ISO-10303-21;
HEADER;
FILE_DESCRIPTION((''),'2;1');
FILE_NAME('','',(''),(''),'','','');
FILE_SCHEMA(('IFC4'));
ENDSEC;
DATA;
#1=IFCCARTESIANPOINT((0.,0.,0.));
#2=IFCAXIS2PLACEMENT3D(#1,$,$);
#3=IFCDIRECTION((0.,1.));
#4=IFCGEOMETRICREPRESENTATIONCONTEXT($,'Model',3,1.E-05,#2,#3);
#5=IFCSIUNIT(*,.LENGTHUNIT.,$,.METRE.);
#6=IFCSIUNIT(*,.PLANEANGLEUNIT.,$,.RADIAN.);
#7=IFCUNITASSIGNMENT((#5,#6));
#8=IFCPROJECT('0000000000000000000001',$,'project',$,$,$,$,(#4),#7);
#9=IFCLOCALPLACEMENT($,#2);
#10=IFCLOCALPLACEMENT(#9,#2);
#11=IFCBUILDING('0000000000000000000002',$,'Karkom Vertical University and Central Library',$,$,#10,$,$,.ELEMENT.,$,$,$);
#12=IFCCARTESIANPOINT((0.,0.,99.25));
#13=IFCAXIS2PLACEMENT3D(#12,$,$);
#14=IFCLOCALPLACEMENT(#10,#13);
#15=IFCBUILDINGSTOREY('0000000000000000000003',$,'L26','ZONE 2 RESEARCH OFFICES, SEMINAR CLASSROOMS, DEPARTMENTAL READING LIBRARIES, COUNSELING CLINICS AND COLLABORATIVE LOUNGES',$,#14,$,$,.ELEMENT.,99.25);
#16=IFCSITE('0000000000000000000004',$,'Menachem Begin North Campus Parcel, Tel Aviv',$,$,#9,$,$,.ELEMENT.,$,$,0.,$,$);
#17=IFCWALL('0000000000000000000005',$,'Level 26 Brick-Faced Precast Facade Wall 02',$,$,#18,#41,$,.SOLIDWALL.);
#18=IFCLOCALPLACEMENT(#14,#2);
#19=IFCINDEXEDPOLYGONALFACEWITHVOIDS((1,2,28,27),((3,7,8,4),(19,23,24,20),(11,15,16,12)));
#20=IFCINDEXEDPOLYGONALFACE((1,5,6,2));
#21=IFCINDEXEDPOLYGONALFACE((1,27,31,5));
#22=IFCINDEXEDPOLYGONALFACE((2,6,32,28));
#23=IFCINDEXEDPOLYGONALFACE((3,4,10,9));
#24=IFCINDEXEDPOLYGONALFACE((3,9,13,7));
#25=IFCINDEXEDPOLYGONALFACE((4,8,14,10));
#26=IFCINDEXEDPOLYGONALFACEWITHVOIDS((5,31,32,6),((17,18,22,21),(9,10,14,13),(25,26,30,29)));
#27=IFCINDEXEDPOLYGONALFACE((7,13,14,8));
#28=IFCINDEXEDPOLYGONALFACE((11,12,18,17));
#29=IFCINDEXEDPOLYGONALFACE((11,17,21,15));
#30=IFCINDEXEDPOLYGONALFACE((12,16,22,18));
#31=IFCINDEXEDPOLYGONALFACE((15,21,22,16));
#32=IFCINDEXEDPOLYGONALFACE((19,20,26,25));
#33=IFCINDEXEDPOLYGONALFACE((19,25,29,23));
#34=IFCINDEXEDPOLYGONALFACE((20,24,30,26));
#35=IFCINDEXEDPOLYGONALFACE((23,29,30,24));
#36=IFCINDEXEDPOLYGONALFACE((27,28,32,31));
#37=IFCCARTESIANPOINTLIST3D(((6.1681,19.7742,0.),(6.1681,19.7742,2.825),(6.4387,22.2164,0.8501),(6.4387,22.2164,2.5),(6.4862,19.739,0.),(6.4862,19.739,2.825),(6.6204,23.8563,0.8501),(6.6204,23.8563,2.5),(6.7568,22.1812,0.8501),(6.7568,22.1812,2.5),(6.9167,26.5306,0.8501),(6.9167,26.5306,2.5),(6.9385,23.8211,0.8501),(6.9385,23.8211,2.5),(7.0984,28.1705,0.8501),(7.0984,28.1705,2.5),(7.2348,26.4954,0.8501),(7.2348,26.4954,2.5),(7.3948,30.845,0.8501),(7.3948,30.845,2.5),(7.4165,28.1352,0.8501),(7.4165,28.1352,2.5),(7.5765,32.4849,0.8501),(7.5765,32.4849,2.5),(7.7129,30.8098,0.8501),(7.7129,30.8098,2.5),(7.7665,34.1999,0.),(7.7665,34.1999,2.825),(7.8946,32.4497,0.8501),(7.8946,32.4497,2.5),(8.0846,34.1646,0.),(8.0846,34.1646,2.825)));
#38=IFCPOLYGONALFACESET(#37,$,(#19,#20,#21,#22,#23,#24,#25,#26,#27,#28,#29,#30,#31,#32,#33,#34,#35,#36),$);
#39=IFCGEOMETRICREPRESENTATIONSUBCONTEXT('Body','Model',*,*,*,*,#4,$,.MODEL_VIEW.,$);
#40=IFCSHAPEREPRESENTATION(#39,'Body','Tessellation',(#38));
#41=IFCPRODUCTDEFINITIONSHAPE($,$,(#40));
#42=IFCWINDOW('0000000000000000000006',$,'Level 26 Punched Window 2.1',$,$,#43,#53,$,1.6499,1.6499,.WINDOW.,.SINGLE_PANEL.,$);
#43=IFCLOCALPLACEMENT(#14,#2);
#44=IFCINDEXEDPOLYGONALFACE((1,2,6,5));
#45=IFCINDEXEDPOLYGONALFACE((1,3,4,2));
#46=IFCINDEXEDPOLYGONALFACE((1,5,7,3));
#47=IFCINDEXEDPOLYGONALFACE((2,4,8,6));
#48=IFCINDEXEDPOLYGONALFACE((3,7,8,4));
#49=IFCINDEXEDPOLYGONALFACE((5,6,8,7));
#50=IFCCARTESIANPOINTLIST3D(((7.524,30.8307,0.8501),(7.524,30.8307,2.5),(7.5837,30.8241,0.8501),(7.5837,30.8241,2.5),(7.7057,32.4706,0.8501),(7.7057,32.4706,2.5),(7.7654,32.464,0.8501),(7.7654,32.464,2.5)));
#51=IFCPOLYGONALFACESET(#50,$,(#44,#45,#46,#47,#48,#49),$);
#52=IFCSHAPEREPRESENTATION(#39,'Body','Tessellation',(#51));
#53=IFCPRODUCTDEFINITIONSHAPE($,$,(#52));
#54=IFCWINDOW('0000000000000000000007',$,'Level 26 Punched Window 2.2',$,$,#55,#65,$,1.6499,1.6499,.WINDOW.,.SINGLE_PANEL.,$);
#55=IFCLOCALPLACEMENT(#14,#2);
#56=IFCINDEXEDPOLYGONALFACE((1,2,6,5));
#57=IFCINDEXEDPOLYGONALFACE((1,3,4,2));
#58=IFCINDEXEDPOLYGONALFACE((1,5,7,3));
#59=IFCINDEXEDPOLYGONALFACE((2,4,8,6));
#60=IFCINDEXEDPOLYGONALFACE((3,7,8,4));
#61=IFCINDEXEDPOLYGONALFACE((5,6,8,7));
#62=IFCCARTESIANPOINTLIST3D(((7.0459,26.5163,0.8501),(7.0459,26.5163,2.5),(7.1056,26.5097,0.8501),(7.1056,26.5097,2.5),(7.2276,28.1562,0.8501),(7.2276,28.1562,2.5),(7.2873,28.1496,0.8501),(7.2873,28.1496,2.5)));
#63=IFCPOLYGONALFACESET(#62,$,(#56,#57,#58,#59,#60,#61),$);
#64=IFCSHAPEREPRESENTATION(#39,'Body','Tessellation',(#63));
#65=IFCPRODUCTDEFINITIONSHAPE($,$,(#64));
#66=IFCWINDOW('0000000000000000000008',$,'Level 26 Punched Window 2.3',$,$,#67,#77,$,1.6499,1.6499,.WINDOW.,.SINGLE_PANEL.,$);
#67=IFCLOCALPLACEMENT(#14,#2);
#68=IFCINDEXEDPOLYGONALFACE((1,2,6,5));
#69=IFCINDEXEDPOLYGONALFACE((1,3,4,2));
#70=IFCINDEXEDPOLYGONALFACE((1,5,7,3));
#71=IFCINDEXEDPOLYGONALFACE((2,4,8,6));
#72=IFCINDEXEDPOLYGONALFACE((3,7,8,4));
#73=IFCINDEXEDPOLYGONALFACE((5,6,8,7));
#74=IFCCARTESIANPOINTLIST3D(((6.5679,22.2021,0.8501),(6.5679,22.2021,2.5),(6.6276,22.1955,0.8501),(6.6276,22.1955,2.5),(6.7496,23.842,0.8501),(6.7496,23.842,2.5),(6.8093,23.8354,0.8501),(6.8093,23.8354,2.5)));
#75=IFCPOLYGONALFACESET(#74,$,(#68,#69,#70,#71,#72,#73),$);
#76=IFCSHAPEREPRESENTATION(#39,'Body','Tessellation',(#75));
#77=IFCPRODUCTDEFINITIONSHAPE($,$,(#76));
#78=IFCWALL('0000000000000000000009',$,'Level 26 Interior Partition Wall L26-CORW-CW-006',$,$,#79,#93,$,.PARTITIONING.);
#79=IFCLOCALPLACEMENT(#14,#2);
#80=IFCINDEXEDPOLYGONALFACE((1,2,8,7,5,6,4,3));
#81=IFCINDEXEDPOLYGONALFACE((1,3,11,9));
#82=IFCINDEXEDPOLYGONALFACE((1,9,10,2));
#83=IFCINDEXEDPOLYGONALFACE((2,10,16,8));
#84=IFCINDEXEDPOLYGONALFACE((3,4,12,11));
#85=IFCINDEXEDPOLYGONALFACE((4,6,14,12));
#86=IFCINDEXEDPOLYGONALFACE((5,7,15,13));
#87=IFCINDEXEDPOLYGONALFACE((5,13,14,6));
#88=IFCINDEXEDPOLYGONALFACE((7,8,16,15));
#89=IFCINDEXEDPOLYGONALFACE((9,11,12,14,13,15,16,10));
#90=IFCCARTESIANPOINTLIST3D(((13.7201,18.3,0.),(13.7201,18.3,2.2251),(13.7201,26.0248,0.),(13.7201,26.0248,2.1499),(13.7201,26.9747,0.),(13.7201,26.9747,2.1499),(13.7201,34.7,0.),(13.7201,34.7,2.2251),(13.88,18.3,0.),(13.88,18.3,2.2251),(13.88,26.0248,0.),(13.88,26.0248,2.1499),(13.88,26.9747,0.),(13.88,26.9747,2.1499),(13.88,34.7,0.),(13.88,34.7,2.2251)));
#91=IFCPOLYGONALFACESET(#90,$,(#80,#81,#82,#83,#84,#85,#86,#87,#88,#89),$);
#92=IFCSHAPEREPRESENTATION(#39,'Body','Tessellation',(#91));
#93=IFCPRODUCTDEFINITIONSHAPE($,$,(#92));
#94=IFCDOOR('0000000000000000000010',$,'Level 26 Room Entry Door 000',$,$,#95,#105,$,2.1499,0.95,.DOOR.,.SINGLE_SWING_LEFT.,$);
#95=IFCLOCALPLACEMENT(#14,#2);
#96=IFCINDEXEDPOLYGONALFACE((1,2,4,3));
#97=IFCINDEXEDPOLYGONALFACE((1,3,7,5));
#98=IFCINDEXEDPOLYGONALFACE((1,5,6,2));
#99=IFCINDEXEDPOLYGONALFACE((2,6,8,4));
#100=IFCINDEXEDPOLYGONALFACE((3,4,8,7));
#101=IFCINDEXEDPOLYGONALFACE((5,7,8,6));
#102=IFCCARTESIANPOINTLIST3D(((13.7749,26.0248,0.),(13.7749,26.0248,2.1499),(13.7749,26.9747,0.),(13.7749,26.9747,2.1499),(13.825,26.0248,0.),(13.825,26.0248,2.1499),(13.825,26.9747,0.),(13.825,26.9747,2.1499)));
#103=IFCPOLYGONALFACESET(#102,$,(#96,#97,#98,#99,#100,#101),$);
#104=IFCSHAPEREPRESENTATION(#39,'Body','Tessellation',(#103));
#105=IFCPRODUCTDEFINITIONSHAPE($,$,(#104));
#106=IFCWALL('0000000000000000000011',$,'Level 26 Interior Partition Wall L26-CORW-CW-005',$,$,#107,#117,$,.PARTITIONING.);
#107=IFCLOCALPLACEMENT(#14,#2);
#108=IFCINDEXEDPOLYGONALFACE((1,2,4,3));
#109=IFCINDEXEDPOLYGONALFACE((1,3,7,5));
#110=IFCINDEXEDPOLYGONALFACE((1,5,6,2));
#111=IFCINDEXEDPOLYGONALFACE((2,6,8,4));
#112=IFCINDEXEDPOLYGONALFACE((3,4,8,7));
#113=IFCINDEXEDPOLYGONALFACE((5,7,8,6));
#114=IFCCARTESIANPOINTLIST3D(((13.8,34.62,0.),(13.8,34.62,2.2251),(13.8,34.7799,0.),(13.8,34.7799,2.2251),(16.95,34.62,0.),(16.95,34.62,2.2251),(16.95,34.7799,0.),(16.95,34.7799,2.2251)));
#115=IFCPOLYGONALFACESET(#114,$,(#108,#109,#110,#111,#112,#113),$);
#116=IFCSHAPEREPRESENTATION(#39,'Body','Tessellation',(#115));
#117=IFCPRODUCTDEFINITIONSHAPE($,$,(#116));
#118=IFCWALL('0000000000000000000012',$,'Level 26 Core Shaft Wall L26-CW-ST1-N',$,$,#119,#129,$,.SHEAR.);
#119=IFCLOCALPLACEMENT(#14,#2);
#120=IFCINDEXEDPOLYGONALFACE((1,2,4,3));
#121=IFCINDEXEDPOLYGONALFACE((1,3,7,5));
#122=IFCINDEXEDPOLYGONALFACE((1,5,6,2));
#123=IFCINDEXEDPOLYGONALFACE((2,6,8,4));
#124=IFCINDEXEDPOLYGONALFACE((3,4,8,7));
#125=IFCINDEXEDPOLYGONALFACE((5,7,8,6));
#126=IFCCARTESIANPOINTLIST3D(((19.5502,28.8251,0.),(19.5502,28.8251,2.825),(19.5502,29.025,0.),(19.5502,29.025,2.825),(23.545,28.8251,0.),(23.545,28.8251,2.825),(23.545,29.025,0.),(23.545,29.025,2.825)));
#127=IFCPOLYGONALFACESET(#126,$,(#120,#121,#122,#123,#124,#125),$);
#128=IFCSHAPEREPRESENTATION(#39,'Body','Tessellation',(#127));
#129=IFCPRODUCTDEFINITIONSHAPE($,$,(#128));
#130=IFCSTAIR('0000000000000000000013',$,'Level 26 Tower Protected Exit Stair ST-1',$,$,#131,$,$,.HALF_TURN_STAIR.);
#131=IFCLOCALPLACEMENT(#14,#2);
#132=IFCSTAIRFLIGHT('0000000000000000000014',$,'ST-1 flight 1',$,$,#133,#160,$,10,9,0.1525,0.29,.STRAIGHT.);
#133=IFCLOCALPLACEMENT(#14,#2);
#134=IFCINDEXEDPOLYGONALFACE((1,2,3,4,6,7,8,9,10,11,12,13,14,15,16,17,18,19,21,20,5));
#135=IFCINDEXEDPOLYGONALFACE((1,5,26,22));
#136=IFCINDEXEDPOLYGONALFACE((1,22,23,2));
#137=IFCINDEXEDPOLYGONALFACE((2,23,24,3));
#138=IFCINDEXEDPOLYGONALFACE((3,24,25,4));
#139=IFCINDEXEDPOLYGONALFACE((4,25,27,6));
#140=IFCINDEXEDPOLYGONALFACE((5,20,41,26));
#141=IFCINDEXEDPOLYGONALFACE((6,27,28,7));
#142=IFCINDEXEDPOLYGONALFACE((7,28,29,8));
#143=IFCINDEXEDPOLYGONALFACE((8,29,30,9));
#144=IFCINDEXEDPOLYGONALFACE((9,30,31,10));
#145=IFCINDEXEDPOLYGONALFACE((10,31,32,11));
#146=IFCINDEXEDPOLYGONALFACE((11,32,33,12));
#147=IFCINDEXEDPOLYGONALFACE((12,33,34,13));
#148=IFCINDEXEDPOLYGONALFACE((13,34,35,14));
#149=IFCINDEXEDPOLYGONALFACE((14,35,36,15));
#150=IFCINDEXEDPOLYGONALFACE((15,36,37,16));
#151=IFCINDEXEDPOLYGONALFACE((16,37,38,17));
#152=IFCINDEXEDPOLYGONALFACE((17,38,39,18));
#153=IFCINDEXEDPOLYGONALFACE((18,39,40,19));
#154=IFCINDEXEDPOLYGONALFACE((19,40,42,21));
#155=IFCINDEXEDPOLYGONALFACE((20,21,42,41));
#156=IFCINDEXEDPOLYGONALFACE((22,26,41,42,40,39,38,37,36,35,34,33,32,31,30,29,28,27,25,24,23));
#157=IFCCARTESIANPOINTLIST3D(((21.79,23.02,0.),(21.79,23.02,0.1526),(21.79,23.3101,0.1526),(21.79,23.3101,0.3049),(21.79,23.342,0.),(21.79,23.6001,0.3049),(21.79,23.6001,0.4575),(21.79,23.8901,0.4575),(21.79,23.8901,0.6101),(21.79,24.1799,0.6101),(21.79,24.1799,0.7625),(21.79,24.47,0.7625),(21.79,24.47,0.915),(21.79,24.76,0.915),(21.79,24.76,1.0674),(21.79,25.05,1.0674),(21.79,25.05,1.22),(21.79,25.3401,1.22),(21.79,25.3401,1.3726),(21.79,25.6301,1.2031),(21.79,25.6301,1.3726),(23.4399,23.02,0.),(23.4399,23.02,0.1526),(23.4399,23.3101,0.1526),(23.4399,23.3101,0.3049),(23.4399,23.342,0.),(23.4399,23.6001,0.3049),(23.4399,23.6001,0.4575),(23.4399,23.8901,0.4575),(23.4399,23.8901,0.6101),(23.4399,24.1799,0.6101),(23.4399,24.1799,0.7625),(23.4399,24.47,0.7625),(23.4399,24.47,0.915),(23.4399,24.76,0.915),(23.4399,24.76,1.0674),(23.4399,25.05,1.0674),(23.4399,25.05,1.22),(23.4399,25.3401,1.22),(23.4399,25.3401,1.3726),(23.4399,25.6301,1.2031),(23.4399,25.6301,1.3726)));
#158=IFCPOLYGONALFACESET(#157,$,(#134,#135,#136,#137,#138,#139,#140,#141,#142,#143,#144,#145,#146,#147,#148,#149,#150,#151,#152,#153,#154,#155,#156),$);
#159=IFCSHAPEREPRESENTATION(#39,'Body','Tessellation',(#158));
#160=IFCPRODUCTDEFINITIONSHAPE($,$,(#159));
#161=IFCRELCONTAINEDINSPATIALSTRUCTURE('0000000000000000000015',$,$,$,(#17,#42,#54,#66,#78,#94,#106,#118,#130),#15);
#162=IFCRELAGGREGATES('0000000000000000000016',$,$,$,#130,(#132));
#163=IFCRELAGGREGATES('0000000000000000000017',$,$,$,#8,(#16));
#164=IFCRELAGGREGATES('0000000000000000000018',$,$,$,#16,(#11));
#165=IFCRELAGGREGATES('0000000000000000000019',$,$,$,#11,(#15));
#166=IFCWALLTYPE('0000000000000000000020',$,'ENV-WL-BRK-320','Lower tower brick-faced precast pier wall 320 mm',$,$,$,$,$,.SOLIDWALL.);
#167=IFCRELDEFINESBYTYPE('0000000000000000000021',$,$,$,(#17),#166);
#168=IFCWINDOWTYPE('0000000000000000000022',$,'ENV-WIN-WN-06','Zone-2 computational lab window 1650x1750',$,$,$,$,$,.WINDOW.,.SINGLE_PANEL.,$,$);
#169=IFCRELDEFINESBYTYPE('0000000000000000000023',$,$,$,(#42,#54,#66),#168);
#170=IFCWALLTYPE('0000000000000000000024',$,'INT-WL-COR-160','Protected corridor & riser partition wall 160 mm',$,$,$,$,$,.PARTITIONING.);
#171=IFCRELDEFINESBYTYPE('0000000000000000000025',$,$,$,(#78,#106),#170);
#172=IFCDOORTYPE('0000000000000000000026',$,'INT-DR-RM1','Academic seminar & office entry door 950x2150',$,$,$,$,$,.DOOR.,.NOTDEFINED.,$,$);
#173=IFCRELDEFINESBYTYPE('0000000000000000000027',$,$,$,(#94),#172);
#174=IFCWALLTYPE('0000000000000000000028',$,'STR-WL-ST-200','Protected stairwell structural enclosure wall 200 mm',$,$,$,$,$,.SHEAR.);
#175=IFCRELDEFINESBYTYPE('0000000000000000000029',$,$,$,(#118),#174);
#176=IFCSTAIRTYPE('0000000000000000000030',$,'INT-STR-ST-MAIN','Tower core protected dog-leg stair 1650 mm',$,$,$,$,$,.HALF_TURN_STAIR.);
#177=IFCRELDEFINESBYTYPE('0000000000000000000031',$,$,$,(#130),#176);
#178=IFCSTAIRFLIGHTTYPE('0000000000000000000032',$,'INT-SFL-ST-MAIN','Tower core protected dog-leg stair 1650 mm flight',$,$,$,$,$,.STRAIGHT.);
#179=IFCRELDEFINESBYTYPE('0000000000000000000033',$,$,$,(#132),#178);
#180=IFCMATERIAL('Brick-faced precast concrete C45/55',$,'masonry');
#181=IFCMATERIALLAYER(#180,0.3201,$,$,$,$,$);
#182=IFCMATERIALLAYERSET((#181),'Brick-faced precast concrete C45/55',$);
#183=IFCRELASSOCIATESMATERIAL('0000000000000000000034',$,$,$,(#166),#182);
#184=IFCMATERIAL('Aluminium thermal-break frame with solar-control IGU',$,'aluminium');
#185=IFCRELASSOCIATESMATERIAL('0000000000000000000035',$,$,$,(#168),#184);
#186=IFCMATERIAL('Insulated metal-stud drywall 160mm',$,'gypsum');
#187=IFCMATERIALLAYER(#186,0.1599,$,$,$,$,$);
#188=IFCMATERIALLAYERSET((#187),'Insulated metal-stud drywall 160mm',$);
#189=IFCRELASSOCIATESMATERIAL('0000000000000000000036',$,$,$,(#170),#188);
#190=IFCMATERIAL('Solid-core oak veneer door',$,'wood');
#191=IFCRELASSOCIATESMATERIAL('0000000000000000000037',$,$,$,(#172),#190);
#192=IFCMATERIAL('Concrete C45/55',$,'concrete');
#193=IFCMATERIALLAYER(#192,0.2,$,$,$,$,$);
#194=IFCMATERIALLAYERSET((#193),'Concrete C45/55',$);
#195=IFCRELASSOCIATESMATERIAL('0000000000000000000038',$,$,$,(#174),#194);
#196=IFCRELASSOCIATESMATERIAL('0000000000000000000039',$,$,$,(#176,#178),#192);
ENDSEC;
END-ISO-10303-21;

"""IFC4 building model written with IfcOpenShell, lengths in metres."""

from ifc_helpers import new_model, si_unit, direction, frame, frame_2d, origin, origin_with_axes, place, context, subcontext, project, spatial, polyline, rectangle, outline, extrude, source, transform, mapped, material, layer, layer_set, type_object, element, fill, aggregate, save


model = new_model("IFC4")

# Units and contexts
model_context = context("Model", 3, precision=1e-05, world=origin(), true_north=direction((0.0, 1.0)))
body_context = subcontext(model_context, "Body", "Model", "MODEL_VIEW")
ifc_project = project(units=[si_unit("LENGTHUNIT", "METRE"), si_unit("PLANEANGLEUNIT", "RADIAN")], contexts=[model_context])

# Site, building, storey
site_placement = place(None, origin())
site = spatial("IfcSite", under=ifc_project, at=site_placement, Name="Menachem Begin North Campus Parcel, Tel Aviv", CompositionType="ELEMENT", RefElevation=0.0)
building_placement = place(site_placement, origin())
building = spatial("IfcBuilding", under=site, at=building_placement, Name="Karkom Vertical University and Central Library", CompositionType="ELEMENT")
storey_placement = place(building_placement, frame((0.0, 0.0, 99.25)))
storey = spatial("IfcBuildingStorey", under=building, at=storey_placement, Name="L26", Description="ZONE 2 RESEARCH OFFICES, SEMINAR CLASSROOMS, DEPARTMENTAL READING LIBRARIES, COUNSELING CLINICS AND COLLABORATIVE LOUNGES", CompositionType="ELEMENT", Elevation=99.25)

# Wall, openings, windows
ifc_material_1 = material(Name="Brick-faced precast concrete C45/55", Category="masonry")
ifc_layer_1 = layer(ifc_material_1, 0.3201)
ifc_layer_set_1 = layer_set([ifc_layer_1], Name="Brick-faced precast concrete C45/55")
wall_type_1 = type_object("IfcWallType", Name="ENV-WL-BRK-320", Description="Lower tower brick-faced precast pier wall 320 mm", PredefinedType="SOLIDWALL", material=ifc_layer_set_1)
wall_1_placement = place(storey_placement, frame((7.9255, 34.1821, 0.0), z_axis=(0.0, 0.0, 1.0), x_axis=(-0.110129, -0.993917, 0.0)))
wall_1 = element("IfcWall", 1, at=wall_1_placement, inside=storey, type_object=wall_type_1, Name="Level 26 Brick-Faced Precast Facade Wall 02", PredefinedType="SOLIDWALL", context=body_context, shape_type="SweptSolid", body=[
    extrude(rectangle(XDim=14.5139, YDim=0.3201, at=frame_2d((7.2568, 0.0))), origin(), (0.0, 0.0, 1.0), 2.825),
])
opening_1_placement = place(wall_1_placement, frame((1.7253, 0.0, 0.8501)))
opening_1 = element("IfcOpeningElement", 2, at=opening_1_placement, cuts=wall_1, PredefinedType="OPENING", context=body_context, shape_type="SweptSolid", body=[
    extrude(rectangle(XDim=1.6499, YDim=1.6499, at=frame_2d((0.825, 0.825))), frame((0.0, 0.1699, 0.0), z_axis=(0.0, -1.0, 0.0), x_axis=(1.0, 0.0, 0.0)), (0.0, 0.0, 1.0), 0.3401),
])
opening_2_placement = place(wall_1_placement, frame((6.0662, 0.0, 0.8501)))
opening_2 = element("IfcOpeningElement", 3, at=opening_2_placement, cuts=wall_1, PredefinedType="OPENING", context=body_context, shape_type="SweptSolid", body=[
    extrude(rectangle(XDim=1.6499, YDim=1.6499, at=frame_2d((0.825, 0.825))), frame((0.0, 0.1699, 0.0), z_axis=(0.0, -1.0, 0.0), x_axis=(1.0, 0.0, 0.0)), (0.0, 0.0, 1.0), 0.3401),
])
opening_3_placement = place(wall_1_placement, frame((10.4067, 0.0, 0.8501)))
opening_3 = element("IfcOpeningElement", 4, at=opening_3_placement, cuts=wall_1, PredefinedType="OPENING", context=body_context, shape_type="SweptSolid", body=[
    extrude(rectangle(XDim=1.6499, YDim=1.6499, at=frame_2d((0.825, 0.825))), frame((0.0, 0.1699, 0.0), z_axis=(0.0, -1.0, 0.0), x_axis=(1.0, 0.0, 0.0)), (0.0, 0.0, 1.0), 0.3401),
])
ifc_material_2 = material(Name="Aluminium thermal-break frame with solar-control IGU", Category="aluminium")
window_type = type_object("IfcWindowType", Name="ENV-WIN-WN-06", Description="Zone-2 computational lab window 1650x1750", PartitioningType="SINGLE_PANEL", PredefinedType="WINDOW", material=ifc_material_2)
shared_shape_1 = source(origin_with_axes(), body_context, "Body", "SweptSolid", [
    extrude(rectangle(XDim=1.6499, YDim=1.6499, at=frame_2d((0.825, 0.825))), frame((0.0, 0.03, 0.0), z_axis=(0.0, -1.0, 0.0), x_axis=(1.0, 0.0, 0.0)), (0.0, 0.0, 1.0), 0.0601),
])
window_1_placement = place(opening_1_placement, origin())
window_1 = element("IfcWindow", 5, at=window_1_placement, inside=storey, type_object=window_type, Name="Level 26 Punched Window 2.1", OverallHeight=1.6499, OverallWidth=1.6499, PartitioningType="SINGLE_PANEL", PredefinedType="WINDOW", context=body_context, shape_type="MappedRepresentation", body=[
    mapped(shared_shape_1, transform((0.0, 0.0, 0.0), scale=1.0)),
])
fill(opening_1, window_1)
window_2_placement = place(opening_2_placement, origin())
window_2 = element("IfcWindow", 6, at=window_2_placement, inside=storey, type_object=window_type, Name="Level 26 Punched Window 2.2", OverallHeight=1.6499, OverallWidth=1.6499, PartitioningType="SINGLE_PANEL", PredefinedType="WINDOW", context=body_context, shape_type="MappedRepresentation", body=[
    mapped(shared_shape_1, transform((0.0, 0.0, 0.0), scale=1.0)),
])
fill(opening_2, window_2)
window_3_placement = place(opening_3_placement, origin())
window_3 = element("IfcWindow", 7, at=window_3_placement, inside=storey, type_object=window_type, Name="Level 26 Punched Window 2.3", OverallHeight=1.6499, OverallWidth=1.6499, PartitioningType="SINGLE_PANEL", PredefinedType="WINDOW", context=body_context, shape_type="MappedRepresentation", body=[
    mapped(shared_shape_1, transform((0.0, 0.0, 0.0), scale=1.0)),
])
fill(opening_3, window_3)

# Wall, opening, door
ifc_material_3 = material(Name="Insulated metal-stud drywall 160mm", Category="gypsum")
ifc_layer_2 = layer(ifc_material_3, 0.1599)
ifc_layer_set_2 = layer_set([ifc_layer_2], Name="Insulated metal-stud drywall 160mm")
wall_type_2 = type_object("IfcWallType", Name="INT-WL-COR-160", Description="Protected corridor & riser partition wall 160 mm", PredefinedType="PARTITIONING", material=ifc_layer_set_2)
wall_2_placement = place(storey_placement, frame((13.8, 34.7, 0.0), z_axis=(0.0, 0.0, 1.0), x_axis=(0.0, -1.0, 0.0)))
wall_2 = element("IfcWall", 8, at=wall_2_placement, inside=storey, type_object=wall_type_2, Name="Level 26 Interior Partition Wall L26-CORW-CW-006", PredefinedType="PARTITIONING", context=body_context, shape_type="SweptSolid", body=[
    extrude(rectangle(XDim=16.3999, YDim=0.1599, at=frame_2d((8.2, 0.0))), origin(), (0.0, 0.0, 1.0), 2.2251),
])
opening_4_placement = place(wall_2_placement, frame((7.7251, 0.0, 0.0)))
opening_4 = element("IfcOpeningElement", 9, at=opening_4_placement, cuts=wall_2, PredefinedType="OPENING", context=body_context, shape_type="SweptSolid", body=[
    extrude(rectangle(XDim=0.95, YDim=2.1499, at=frame_2d((0.4751, 1.075))), frame((0.0, 0.0898, 0.0), z_axis=(0.0, -1.0, 0.0), x_axis=(1.0, 0.0, 0.0)), (0.0, 0.0, 1.0), 0.1799),
])
ifc_material_4 = material(Name="Solid-core oak veneer door", Category="wood")
door_type = type_object("IfcDoorType", Name="INT-DR-RM1", Description="Academic seminar & office entry door 950x2150", OperationType="NOTDEFINED", PredefinedType="DOOR", material=ifc_material_4)
shared_shape_2 = source(origin_with_axes(), body_context, "Body", "SweptSolid", [
    extrude(rectangle(XDim=0.95, YDim=2.1499, at=frame_2d((0.4751, 1.075))), frame((0.0, 0.0249, 0.0), z_axis=(0.0, -1.0, 0.0), x_axis=(1.0, 0.0, 0.0)), (0.0, 0.0, 1.0), 0.05),
])
door_placement = place(opening_4_placement, origin())
door = element("IfcDoor", 10, at=door_placement, inside=storey, type_object=door_type, Name="Level 26 Room Entry Door 000", OperationType="SINGLE_SWING_LEFT", OverallHeight=2.1499, OverallWidth=0.95, PredefinedType="DOOR", context=body_context, shape_type="MappedRepresentation", body=[
    mapped(shared_shape_2, transform((0.0, 0.0, 0.0), scale=1.0)),
])
fill(opening_4, door)

# Walls
wall_3_placement = place(storey_placement, frame((16.95, 34.7, 0.0), z_axis=(0.0, 0.0, 1.0), x_axis=(-1.0, 0.0, 0.0)))
element("IfcWall", 11, at=wall_3_placement, inside=storey, type_object=wall_type_2, Name="Level 26 Interior Partition Wall L26-CORW-CW-005", PredefinedType="PARTITIONING", context=body_context, shape_type="SweptSolid", body=[
    extrude(rectangle(XDim=3.1499, YDim=0.1599, at=frame_2d((1.575, 0.0))), origin(), (0.0, 0.0, 1.0), 2.2251),
])
ifc_material_5 = material(Name="Concrete C45/55", Category="concrete")
ifc_layer_3 = layer(ifc_material_5, 0.2)
ifc_layer_set_3 = layer_set([ifc_layer_3], Name="Concrete C45/55")
wall_type_3 = type_object("IfcWallType", Name="STR-WL-ST-200", Description="Protected stairwell structural enclosure wall 200 mm", PredefinedType="SHEAR", material=ifc_layer_set_3)
wall_4_placement = place(storey_placement, frame((19.55, 28.925, 0.0), z_axis=(0.0, 0.0, 1.0), x_axis=(1.0, 0.0, 0.0)))
element("IfcWall", 12, at=wall_4_placement, inside=storey, type_object=wall_type_3, Name="Level 26 Core Shaft Wall L26-CW-ST1-N", PredefinedType="SHEAR", context=body_context, shape_type="SweptSolid", body=[
    extrude(rectangle(XDim=3.9949, YDim=0.2, at=frame_2d((1.9976, 0.0))), origin(), (0.0, 0.0, 1.0), 2.825),
])

# Stair, stair flight
stair_type = type_object("IfcStairType", Name="INT-STR-ST-MAIN", Description="Tower core protected dog-leg stair 1650 mm", PredefinedType="HALF_TURN_STAIR", material=ifc_material_5)
stair_placement = place(storey_placement, origin())
stair = element("IfcStair", 13, at=stair_placement, inside=storey, type_object=stair_type, Name="Level 26 Tower Protected Exit Stair ST-1", PredefinedType="HALF_TURN_STAIR")
stair_flight_type = type_object("IfcStairFlightType", Name="INT-SFL-ST-MAIN", Description="Tower core protected dog-leg stair 1650 mm flight", PredefinedType="STRAIGHT", material=ifc_material_5)
stair_flight_1_placement = place(storey_placement, frame((22.615, 23.02, 0.0), z_axis=(0.0, 0.0, 1.0), x_axis=(0.0, 1.0, 0.0)))
stair_flight_1 = element("IfcStairFlight", 14, at=stair_flight_1_placement, type_object=stair_flight_type, Name="ST-1 flight 1", NumberOfRisers=10, NumberOfTreads=9, PredefinedType="STRAIGHT", RiserHeight=0.1525, TreadLength=0.29, context=body_context, shape_type="SweptSolid", body=[
    extrude(outline(polyline([(0.0, 0.0), (0.0, 0.1526), (0.29, 0.1526), (0.29, 0.3049), (0.5801, 0.3049), (0.5801, 0.4575), (0.8701, 0.4575), (0.8701, 0.6101), (1.1599, 0.6101), (1.1599, 0.7625), (1.45, 0.7625), (1.45, 0.915), (1.74, 0.915), (1.74, 1.0674), (2.03, 1.0674), (2.03, 1.22), (2.3201, 1.22), (2.3201, 1.3726), (2.6101, 1.3726), (2.6101, 1.5249), (2.6101, 1.2031), (0.322, 0.0), (0.0, 0.0)])), frame((0.0, 0.825, 0.0), z_axis=(0.0, -1.0, 0.0), x_axis=(1.0, 0.0, 0.0)), (0.0, 0.0, 1.0), 1.6499),
])
aggregate(stair, [stair_flight_1])

save(model, "model.ifc")
